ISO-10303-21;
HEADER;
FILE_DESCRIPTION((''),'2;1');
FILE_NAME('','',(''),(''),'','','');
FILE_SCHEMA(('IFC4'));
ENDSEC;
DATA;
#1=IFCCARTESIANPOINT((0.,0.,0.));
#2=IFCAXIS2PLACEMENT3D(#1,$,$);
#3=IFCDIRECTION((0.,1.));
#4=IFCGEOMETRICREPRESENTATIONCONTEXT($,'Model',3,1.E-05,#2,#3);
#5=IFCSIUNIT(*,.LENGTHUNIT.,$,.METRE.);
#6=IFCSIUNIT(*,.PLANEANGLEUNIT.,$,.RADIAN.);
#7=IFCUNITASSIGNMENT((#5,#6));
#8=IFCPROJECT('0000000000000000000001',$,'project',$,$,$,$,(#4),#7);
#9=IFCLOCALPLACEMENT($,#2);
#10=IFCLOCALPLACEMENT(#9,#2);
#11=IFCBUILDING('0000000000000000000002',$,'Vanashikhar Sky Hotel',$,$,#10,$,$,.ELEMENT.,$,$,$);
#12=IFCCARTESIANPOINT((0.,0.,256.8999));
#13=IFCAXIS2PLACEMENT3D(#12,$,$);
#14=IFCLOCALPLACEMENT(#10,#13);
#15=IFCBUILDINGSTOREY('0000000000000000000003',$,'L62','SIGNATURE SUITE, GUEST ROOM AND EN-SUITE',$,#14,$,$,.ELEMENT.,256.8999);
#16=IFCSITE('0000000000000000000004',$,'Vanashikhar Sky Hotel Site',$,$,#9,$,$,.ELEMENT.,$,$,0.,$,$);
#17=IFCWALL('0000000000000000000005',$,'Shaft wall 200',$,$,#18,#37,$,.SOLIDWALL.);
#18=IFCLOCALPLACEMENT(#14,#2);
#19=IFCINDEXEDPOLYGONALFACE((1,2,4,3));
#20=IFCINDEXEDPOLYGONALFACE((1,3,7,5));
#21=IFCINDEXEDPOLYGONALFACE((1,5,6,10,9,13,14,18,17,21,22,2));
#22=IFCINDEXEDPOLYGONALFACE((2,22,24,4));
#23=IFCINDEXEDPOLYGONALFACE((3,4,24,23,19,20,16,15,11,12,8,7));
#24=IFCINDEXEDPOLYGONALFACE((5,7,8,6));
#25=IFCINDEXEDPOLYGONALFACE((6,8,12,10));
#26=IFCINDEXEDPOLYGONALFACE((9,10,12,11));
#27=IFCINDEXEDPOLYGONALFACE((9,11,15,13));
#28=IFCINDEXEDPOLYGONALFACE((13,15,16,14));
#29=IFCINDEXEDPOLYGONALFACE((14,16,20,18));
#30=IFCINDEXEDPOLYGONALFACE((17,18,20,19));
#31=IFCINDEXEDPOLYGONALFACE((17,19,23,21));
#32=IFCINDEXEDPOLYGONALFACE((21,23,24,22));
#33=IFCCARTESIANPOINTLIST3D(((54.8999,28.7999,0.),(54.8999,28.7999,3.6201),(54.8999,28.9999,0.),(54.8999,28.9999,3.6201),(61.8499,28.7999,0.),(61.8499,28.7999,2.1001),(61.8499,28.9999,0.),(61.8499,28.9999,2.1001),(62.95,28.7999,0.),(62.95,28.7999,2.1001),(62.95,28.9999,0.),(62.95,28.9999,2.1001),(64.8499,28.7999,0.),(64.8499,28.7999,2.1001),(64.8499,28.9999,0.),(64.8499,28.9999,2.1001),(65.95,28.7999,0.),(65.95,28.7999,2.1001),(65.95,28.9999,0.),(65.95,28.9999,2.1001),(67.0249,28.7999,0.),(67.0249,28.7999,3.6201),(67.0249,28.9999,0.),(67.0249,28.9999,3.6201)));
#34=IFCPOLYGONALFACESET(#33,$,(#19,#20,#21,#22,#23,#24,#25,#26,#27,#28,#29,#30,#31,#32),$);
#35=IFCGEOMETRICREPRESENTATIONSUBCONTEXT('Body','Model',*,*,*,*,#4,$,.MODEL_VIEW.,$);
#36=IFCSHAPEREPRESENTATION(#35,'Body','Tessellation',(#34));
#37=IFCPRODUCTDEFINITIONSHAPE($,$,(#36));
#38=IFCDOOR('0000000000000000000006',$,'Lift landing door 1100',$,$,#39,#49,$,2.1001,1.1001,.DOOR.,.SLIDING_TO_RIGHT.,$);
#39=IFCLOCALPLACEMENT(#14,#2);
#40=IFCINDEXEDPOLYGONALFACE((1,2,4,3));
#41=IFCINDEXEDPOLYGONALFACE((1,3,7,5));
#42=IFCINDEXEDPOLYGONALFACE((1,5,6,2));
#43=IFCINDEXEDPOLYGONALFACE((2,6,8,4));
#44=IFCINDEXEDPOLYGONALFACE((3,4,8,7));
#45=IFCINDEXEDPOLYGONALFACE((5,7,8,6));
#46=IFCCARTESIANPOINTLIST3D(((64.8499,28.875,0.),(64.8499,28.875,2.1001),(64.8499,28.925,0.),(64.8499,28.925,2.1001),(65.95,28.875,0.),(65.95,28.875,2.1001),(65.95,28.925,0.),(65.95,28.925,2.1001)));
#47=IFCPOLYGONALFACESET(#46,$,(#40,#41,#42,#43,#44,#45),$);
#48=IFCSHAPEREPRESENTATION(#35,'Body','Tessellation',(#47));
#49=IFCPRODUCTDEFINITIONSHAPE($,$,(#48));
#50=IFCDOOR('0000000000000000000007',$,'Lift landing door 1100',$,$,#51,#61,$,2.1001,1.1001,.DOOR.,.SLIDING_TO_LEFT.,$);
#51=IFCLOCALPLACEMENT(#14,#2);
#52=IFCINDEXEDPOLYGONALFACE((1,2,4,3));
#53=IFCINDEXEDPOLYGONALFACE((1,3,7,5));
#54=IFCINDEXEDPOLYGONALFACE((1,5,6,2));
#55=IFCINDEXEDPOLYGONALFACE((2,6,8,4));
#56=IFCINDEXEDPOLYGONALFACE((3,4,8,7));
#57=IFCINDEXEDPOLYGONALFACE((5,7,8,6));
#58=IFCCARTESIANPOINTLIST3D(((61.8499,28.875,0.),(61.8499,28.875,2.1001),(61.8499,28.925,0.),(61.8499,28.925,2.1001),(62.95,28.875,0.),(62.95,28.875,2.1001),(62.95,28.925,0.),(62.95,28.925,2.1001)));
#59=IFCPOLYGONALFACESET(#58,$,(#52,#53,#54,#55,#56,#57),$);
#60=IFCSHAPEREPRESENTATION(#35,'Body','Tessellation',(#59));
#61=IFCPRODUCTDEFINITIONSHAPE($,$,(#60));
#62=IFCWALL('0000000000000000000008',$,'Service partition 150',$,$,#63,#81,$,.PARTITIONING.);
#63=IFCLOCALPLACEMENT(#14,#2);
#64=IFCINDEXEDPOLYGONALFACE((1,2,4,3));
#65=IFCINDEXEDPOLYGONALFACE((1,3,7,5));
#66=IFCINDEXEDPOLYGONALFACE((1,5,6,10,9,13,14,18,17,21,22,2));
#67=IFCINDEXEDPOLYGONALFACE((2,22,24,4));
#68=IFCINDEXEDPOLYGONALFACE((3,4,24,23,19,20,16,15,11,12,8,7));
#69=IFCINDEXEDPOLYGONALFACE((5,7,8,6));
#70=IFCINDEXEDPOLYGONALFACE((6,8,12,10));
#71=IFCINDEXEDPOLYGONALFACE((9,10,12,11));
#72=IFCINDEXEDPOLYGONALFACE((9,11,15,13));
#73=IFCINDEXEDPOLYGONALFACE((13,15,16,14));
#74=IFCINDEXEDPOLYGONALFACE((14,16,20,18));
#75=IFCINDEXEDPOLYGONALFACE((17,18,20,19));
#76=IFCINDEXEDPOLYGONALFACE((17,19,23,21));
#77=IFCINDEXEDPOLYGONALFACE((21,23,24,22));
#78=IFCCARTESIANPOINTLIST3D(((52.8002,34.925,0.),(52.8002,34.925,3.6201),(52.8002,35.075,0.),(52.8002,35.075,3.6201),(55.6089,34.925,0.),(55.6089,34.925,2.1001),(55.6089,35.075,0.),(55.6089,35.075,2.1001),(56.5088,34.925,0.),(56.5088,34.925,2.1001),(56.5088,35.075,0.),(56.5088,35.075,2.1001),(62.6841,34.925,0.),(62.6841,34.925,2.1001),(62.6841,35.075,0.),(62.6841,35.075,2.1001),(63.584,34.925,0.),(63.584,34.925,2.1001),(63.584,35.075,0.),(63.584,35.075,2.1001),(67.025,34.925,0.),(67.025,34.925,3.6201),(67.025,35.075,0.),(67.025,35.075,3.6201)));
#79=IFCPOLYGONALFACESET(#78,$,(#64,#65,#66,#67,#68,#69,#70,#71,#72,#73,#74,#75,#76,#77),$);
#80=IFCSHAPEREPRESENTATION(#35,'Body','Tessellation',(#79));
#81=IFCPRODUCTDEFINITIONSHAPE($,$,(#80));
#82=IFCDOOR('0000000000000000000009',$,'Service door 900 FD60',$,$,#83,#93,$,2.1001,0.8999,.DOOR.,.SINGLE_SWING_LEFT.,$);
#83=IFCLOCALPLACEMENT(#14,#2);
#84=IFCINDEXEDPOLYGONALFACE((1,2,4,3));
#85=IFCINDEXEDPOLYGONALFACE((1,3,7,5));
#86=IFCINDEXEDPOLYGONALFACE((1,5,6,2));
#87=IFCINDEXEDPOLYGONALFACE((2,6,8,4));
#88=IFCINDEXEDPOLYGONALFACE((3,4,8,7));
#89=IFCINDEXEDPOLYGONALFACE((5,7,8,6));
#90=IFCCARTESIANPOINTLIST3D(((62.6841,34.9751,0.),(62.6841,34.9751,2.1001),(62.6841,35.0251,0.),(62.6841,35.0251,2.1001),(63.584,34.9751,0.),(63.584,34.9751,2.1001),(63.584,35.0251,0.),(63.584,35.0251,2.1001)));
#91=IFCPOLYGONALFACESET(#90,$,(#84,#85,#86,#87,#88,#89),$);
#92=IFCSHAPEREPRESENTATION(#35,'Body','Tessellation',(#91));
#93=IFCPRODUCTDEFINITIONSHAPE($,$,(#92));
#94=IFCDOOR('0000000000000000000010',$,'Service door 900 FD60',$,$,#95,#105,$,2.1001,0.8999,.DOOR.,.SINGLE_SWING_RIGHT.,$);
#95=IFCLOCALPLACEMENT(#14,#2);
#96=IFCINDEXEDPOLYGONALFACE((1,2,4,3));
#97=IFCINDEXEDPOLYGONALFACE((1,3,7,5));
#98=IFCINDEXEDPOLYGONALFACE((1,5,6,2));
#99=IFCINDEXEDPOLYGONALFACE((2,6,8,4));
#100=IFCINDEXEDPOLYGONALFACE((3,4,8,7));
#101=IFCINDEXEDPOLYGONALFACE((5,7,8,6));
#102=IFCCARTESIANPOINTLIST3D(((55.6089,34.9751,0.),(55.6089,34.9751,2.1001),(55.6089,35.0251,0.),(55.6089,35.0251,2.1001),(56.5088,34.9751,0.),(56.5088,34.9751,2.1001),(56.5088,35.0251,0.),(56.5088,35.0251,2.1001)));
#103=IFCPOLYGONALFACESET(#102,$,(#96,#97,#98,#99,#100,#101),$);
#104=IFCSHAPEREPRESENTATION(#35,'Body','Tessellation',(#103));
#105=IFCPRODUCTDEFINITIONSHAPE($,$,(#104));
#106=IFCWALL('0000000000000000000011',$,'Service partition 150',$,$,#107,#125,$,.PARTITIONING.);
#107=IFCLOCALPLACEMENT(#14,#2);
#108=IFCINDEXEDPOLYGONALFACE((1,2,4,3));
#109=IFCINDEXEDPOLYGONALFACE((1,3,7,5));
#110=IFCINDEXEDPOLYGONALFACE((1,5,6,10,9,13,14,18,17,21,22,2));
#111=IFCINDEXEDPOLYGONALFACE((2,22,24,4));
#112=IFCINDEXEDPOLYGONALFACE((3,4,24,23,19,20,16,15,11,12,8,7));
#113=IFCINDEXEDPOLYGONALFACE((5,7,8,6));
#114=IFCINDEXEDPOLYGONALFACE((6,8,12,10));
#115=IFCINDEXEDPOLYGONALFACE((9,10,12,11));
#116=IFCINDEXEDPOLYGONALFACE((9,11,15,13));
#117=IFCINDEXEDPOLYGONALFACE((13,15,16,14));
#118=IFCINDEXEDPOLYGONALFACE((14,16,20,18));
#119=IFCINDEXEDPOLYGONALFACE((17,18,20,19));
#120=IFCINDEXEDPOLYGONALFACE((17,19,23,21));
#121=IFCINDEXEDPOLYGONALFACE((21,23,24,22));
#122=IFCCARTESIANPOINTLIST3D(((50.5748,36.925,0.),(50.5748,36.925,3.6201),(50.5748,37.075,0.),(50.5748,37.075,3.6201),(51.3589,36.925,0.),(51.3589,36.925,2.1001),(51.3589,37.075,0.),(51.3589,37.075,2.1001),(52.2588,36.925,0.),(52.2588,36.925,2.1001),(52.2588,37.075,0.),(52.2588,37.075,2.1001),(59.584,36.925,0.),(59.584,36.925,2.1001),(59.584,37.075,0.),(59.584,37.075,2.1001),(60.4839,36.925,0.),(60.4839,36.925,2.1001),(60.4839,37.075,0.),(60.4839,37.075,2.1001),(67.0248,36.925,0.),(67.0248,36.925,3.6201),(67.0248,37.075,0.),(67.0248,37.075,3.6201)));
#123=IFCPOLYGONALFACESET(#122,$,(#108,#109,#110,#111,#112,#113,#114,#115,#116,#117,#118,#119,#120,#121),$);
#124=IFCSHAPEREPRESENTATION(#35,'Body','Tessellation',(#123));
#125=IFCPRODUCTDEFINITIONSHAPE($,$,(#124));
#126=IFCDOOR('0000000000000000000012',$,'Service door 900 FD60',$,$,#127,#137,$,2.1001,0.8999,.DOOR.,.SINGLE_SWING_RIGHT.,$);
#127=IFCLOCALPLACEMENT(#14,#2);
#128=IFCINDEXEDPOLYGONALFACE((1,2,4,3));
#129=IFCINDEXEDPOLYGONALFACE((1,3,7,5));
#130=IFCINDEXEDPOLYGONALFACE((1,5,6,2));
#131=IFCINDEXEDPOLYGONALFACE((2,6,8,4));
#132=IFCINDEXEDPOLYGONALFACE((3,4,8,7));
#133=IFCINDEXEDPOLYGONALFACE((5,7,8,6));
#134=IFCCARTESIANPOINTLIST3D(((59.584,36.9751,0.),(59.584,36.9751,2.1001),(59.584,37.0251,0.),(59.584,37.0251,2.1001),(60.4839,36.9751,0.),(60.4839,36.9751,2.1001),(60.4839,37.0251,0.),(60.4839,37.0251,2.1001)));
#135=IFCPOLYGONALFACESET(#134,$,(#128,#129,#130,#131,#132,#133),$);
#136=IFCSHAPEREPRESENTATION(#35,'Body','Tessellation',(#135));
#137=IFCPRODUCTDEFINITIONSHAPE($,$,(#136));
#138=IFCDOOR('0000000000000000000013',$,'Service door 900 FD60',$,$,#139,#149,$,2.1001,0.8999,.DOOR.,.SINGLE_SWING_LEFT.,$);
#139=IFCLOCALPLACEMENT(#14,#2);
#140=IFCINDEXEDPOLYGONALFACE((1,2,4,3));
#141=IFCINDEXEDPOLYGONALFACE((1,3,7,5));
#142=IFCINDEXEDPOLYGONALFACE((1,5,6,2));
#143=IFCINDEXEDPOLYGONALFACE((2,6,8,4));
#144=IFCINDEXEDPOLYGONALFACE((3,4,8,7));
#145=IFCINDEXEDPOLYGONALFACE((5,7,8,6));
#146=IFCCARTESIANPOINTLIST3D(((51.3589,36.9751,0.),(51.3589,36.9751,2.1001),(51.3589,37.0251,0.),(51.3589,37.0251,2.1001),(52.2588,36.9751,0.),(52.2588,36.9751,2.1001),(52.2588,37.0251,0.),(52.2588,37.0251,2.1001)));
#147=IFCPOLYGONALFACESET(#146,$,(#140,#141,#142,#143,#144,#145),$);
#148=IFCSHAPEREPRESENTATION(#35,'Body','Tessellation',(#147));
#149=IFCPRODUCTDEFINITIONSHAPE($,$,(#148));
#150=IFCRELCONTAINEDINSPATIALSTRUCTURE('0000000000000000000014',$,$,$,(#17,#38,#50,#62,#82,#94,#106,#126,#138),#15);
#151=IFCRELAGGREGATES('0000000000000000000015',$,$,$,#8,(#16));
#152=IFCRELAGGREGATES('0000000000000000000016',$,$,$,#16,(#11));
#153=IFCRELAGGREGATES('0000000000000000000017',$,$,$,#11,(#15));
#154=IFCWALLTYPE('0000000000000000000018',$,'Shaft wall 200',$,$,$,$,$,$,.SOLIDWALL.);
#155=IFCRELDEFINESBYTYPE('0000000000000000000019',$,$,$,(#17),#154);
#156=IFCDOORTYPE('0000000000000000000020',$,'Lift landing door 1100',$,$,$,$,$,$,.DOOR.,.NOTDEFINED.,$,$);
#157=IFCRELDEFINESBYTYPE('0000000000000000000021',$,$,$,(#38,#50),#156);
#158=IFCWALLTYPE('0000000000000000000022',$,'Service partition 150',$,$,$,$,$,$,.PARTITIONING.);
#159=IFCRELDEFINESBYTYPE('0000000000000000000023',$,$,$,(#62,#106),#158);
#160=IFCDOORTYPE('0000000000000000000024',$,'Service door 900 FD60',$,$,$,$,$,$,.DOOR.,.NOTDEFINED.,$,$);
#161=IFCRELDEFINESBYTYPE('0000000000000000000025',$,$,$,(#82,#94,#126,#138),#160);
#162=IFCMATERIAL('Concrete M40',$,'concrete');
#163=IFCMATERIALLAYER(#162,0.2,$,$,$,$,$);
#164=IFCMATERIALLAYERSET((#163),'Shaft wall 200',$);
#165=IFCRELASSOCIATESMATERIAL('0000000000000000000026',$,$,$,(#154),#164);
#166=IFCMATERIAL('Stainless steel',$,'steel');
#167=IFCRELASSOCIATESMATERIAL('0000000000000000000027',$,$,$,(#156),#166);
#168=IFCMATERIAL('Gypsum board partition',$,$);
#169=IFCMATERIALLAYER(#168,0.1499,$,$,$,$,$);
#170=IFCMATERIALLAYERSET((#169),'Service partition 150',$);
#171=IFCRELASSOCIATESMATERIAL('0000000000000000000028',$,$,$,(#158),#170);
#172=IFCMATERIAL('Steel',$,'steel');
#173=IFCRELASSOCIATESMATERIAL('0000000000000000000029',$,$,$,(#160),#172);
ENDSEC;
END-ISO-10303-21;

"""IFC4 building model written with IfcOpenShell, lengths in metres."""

from ifc_helpers import new_model, si_unit, direction, frame, frame_2d, origin, place, context, subcontext, project, spatial, rectangle, extrude, source, transform, mapped, material, layer, layer_set, type_object, element, fill, save


model = new_model("IFC4")

# Units and contexts
model_context = context("Model", 3, precision=1e-05, world=origin(), true_north=direction((0.0, 1.0)))
body_context = subcontext(model_context, "Body", "Model", "MODEL_VIEW")
ifc_project = project(units=[si_unit("LENGTHUNIT", "METRE"), si_unit("PLANEANGLEUNIT", "RADIAN")], contexts=[model_context])

# Site, building, storey
site_placement = place(None, origin())
site = spatial("IfcSite", under=ifc_project, at=site_placement, Name="Vanashikhar Sky Hotel Site", CompositionType="ELEMENT", RefElevation=0.0)
building_placement = place(site_placement, origin())
building = spatial("IfcBuilding", under=site, at=building_placement, Name="Vanashikhar Sky Hotel", CompositionType="ELEMENT")
storey_placement = place(building_placement, frame((0.0, 0.0, 256.8999)))
storey = spatial("IfcBuildingStorey", under=building, at=storey_placement, Name="L62", Description="SIGNATURE SUITE, GUEST ROOM AND EN-SUITE", CompositionType="ELEMENT", Elevation=256.8999)

# Shared definitions
ifc_material_1 = material(Name="Concrete M40", Category="concrete")
ifc_layer_1 = layer(ifc_material_1, 0.2)
ifc_layer_set_1 = layer_set([ifc_layer_1], Name="Shaft wall 200")
wall_type_1 = type_object("IfcWallType", Name="Shaft wall 200", PredefinedType="SOLIDWALL", material=ifc_layer_set_1)
shared_shape_1 = source(origin(), body_context, "Body", "SweptSolid", [
    extrude(rectangle(XDim=1.1001, YDim=2.1001, at=frame_2d((0.55, 1.05))), frame((0.0, 0.1099, 0.0), z_axis=(0.0, -1.0, 0.0), x_axis=(1.0, 0.0, 0.0)), (0.0, 0.0, 1.0), 0.22),
])
ifc_material_2 = material(Name="Stainless steel", Category="steel")
door_type_1 = type_object("IfcDoorType", Name="Lift landing door 1100", OperationType="NOTDEFINED", PredefinedType="DOOR", material=ifc_material_2)
shared_shape_2 = source(origin(), body_context, "Body", "SweptSolid", [
    extrude(rectangle(XDim=1.1001, YDim=2.1001, at=frame_2d((0.55, 1.05))), frame((0.0, 0.0249, 0.0), z_axis=(0.0, -1.0, 0.0), x_axis=(1.0, 0.0, 0.0)), (0.0, 0.0, 1.0), 0.05),
])

# Shared definitions
ifc_material_3 = material(Name="Gypsum board partition")
ifc_layer_2 = layer(ifc_material_3, 0.1499)
ifc_layer_set_2 = layer_set([ifc_layer_2], Name="Service partition 150")
wall_type_2 = type_object("IfcWallType", Name="Service partition 150", PredefinedType="PARTITIONING", material=ifc_layer_set_2)

# Walls, openings, doors
shared_shape_3 = source(origin(), body_context, "Body", "SweptSolid", [
    extrude(rectangle(XDim=12.125, YDim=0.2, at=frame_2d((6.0625, 0.0))), origin(), (0.0, 0.0, 1.0), 3.6201),
])
wall_1_placement = place(storey_placement, frame((67.0249, 28.8999, 0.0), z_axis=(0.0, 0.0, 1.0), x_axis=(-1.0, 0.0, 0.0)))
wall_1 = element("IfcWall", 1, at=wall_1_placement, inside=storey, type_object=wall_type_1, Name="Shaft wall 200", PredefinedType="SOLIDWALL", context=body_context, shape_type="MappedRepresentation", body=[
    mapped(shared_shape_3, transform((0.0, 0.0, 0.0), scale=1.0)),
])
opening_1_placement = place(wall_1_placement, frame((1.075, 0.0, 0.0)))
opening_1 = element("IfcOpeningElement", 2, at=opening_1_placement, cuts=wall_1, PredefinedType="OPENING", context=body_context, shape_type="MappedRepresentation", body=[
    mapped(shared_shape_1, transform((0.0, 0.0, 0.0), scale=1.0)),
])
opening_2_placement = place(wall_1_placement, frame((4.075, 0.0, 0.0)))
opening_2 = element("IfcOpeningElement", 3, at=opening_2_placement, cuts=wall_1, PredefinedType="OPENING", context=body_context, shape_type="MappedRepresentation", body=[
    mapped(shared_shape_1, transform((0.0, 0.0, 0.0), scale=1.0)),
])
door_1_placement = place(opening_1_placement, origin())
door_1 = element("IfcDoor", 4, at=door_1_placement, inside=storey, type_object=door_type_1, Name="Lift landing door 1100", OperationType="SLIDING_TO_RIGHT", OverallHeight=2.1001, OverallWidth=1.1001, PredefinedType="DOOR", context=body_context, shape_type="MappedRepresentation", body=[
    mapped(shared_shape_2, transform((0.0, 0.0, 0.0), scale=1.0)),
])
fill(opening_1, door_1)
door_2_placement = place(opening_2_placement, origin())
door_2 = element("IfcDoor", 5, at=door_2_placement, inside=storey, type_object=door_type_1, Name="Lift landing door 1100", OperationType="SLIDING_TO_LEFT", OverallHeight=2.1001, OverallWidth=1.1001, PredefinedType="DOOR", context=body_context, shape_type="MappedRepresentation", body=[
    mapped(shared_shape_2, transform((0.0, 0.0, 0.0), scale=1.0)),
])
fill(opening_2, door_2)
shared_shape_4 = source(origin(), body_context, "Body", "SweptSolid", [
    extrude(rectangle(XDim=14.2249, YDim=0.1499, at=frame_2d((7.1123, 0.0))), origin(), (0.0, 0.0, 1.0), 3.6201),
])
wall_2_placement = place(storey_placement, frame((67.0249, 35.0, 0.0), z_axis=(0.0, 0.0, 1.0), x_axis=(-1.0, 0.0, 0.0)))
wall_2 = element("IfcWall", 6, at=wall_2_placement, inside=storey, type_object=wall_type_2, Name="Service partition 150", PredefinedType="PARTITIONING", context=body_context, shape_type="MappedRepresentation", body=[
    mapped(shared_shape_4, transform((0.0, 0.0, 0.0), scale=1.0)),
])
shared_shape_5 = source(origin(), body_context, "Body", "SweptSolid", [
    extrude(rectangle(XDim=0.8999, YDim=2.1001, at=frame_2d((0.45, 1.05))), frame((0.0, 0.085, 0.0), z_axis=(0.0, -1.0, 0.0), x_axis=(1.0, 0.0, 0.0)), (0.0, 0.0, 1.0), 0.1699),
])
opening_3_placement = place(wall_2_placement, frame((3.4409, 0.0, 0.0)))
opening_3 = element("IfcOpeningElement", 7, at=opening_3_placement, cuts=wall_2, PredefinedType="OPENING", context=body_context, shape_type="MappedRepresentation", body=[
    mapped(shared_shape_5, transform((0.0, 0.0, 0.0), scale=1.0)),
])
opening_4_placement = place(wall_2_placement, frame((10.5161, 0.0, 0.0)))
opening_4 = element("IfcOpeningElement", 8, at=opening_4_placement, cuts=wall_2, PredefinedType="OPENING", context=body_context, shape_type="MappedRepresentation", body=[
    mapped(shared_shape_5, transform((0.0, 0.0, 0.0), scale=1.0)),
])
ifc_material_4 = material(Name="Steel", Category="steel")
door_type_2 = type_object("IfcDoorType", Name="Service door 900 FD60", OperationType="NOTDEFINED", PredefinedType="DOOR", material=ifc_material_4)
shared_shape_6 = source(origin(), body_context, "Body", "SweptSolid", [
    extrude(rectangle(XDim=0.8999, YDim=2.1001, at=frame_2d((0.45, 1.05))), frame((0.0, 0.0249, 0.0), z_axis=(0.0, -1.0, 0.0), x_axis=(1.0, 0.0, 0.0)), (0.0, 0.0, 1.0), 0.05),
])
door_3_placement = place(opening_3_placement, origin())
door_3 = element("IfcDoor", 9, at=door_3_placement, inside=storey, type_object=door_type_2, Name="Service door 900 FD60", OperationType="SINGLE_SWING_LEFT", OverallHeight=2.1001, OverallWidth=0.8999, PredefinedType="DOOR", context=body_context, shape_type="MappedRepresentation", body=[
    mapped(shared_shape_6, transform((0.0, 0.0, 0.0), scale=1.0)),
])
fill(opening_3, door_3)
door_4_placement = place(opening_4_placement, origin())
door_4 = element("IfcDoor", 10, at=door_4_placement, inside=storey, type_object=door_type_2, Name="Service door 900 FD60", OperationType="SINGLE_SWING_RIGHT", OverallHeight=2.1001, OverallWidth=0.8999, PredefinedType="DOOR", context=body_context, shape_type="MappedRepresentation", body=[
    mapped(shared_shape_6, transform((0.0, 0.0, 0.0), scale=1.0)),
])
fill(opening_4, door_4)
shared_shape_7 = source(origin(), body_context, "Body", "SweptSolid", [
    extrude(rectangle(XDim=16.45, YDim=0.1499, at=frame_2d((8.2251, 0.0))), origin(), (0.0, 0.0, 1.0), 3.6201),
])
wall_3_placement = place(storey_placement, frame((67.0249, 37.0, 0.0), z_axis=(0.0, 0.0, 1.0), x_axis=(-1.0, 0.0, 0.0)))
wall_3 = element("IfcWall", 11, at=wall_3_placement, inside=storey, type_object=wall_type_2, Name="Service partition 150", PredefinedType="PARTITIONING", context=body_context, shape_type="MappedRepresentation", body=[
    mapped(shared_shape_7, transform((0.0, 0.0, 0.0), scale=1.0)),
])
opening_5_placement = place(wall_3_placement, frame((6.541, 0.0, 0.0)))
opening_5 = element("IfcOpeningElement", 12, at=opening_5_placement, cuts=wall_3, PredefinedType="OPENING", context=body_context, shape_type="MappedRepresentation", body=[
    mapped(shared_shape_5, transform((0.0, 0.0, 0.0), scale=1.0)),
])
opening_6_placement = place(wall_3_placement, frame((14.7661, 0.0, 0.0)))
opening_6 = element("IfcOpeningElement", 13, at=opening_6_placement, cuts=wall_3, PredefinedType="OPENING", context=body_context, shape_type="MappedRepresentation", body=[
    mapped(shared_shape_5, transform((0.0, 0.0, 0.0), scale=1.0)),
])
door_5_placement = place(opening_5_placement, origin())
door_5 = element("IfcDoor", 14, at=door_5_placement, inside=storey, type_object=door_type_2, Name="Service door 900 FD60", OperationType="SINGLE_SWING_RIGHT", OverallHeight=2.1001, OverallWidth=0.8999, PredefinedType="DOOR", context=body_context, shape_type="MappedRepresentation", body=[
    mapped(shared_shape_6, transform((0.0, 0.0, 0.0), scale=1.0)),
])
fill(opening_5, door_5)
door_6_placement = place(opening_6_placement, origin())
door_6 = element("IfcDoor", 15, at=door_6_placement, inside=storey, type_object=door_type_2, Name="Service door 900 FD60", OperationType="SINGLE_SWING_LEFT", OverallHeight=2.1001, OverallWidth=0.8999, PredefinedType="DOOR", context=body_context, shape_type="MappedRepresentation", body=[
    mapped(shared_shape_6, transform((0.0, 0.0, 0.0), scale=1.0)),
])
fill(opening_6, door_6)

save(model, "model.ifc")
